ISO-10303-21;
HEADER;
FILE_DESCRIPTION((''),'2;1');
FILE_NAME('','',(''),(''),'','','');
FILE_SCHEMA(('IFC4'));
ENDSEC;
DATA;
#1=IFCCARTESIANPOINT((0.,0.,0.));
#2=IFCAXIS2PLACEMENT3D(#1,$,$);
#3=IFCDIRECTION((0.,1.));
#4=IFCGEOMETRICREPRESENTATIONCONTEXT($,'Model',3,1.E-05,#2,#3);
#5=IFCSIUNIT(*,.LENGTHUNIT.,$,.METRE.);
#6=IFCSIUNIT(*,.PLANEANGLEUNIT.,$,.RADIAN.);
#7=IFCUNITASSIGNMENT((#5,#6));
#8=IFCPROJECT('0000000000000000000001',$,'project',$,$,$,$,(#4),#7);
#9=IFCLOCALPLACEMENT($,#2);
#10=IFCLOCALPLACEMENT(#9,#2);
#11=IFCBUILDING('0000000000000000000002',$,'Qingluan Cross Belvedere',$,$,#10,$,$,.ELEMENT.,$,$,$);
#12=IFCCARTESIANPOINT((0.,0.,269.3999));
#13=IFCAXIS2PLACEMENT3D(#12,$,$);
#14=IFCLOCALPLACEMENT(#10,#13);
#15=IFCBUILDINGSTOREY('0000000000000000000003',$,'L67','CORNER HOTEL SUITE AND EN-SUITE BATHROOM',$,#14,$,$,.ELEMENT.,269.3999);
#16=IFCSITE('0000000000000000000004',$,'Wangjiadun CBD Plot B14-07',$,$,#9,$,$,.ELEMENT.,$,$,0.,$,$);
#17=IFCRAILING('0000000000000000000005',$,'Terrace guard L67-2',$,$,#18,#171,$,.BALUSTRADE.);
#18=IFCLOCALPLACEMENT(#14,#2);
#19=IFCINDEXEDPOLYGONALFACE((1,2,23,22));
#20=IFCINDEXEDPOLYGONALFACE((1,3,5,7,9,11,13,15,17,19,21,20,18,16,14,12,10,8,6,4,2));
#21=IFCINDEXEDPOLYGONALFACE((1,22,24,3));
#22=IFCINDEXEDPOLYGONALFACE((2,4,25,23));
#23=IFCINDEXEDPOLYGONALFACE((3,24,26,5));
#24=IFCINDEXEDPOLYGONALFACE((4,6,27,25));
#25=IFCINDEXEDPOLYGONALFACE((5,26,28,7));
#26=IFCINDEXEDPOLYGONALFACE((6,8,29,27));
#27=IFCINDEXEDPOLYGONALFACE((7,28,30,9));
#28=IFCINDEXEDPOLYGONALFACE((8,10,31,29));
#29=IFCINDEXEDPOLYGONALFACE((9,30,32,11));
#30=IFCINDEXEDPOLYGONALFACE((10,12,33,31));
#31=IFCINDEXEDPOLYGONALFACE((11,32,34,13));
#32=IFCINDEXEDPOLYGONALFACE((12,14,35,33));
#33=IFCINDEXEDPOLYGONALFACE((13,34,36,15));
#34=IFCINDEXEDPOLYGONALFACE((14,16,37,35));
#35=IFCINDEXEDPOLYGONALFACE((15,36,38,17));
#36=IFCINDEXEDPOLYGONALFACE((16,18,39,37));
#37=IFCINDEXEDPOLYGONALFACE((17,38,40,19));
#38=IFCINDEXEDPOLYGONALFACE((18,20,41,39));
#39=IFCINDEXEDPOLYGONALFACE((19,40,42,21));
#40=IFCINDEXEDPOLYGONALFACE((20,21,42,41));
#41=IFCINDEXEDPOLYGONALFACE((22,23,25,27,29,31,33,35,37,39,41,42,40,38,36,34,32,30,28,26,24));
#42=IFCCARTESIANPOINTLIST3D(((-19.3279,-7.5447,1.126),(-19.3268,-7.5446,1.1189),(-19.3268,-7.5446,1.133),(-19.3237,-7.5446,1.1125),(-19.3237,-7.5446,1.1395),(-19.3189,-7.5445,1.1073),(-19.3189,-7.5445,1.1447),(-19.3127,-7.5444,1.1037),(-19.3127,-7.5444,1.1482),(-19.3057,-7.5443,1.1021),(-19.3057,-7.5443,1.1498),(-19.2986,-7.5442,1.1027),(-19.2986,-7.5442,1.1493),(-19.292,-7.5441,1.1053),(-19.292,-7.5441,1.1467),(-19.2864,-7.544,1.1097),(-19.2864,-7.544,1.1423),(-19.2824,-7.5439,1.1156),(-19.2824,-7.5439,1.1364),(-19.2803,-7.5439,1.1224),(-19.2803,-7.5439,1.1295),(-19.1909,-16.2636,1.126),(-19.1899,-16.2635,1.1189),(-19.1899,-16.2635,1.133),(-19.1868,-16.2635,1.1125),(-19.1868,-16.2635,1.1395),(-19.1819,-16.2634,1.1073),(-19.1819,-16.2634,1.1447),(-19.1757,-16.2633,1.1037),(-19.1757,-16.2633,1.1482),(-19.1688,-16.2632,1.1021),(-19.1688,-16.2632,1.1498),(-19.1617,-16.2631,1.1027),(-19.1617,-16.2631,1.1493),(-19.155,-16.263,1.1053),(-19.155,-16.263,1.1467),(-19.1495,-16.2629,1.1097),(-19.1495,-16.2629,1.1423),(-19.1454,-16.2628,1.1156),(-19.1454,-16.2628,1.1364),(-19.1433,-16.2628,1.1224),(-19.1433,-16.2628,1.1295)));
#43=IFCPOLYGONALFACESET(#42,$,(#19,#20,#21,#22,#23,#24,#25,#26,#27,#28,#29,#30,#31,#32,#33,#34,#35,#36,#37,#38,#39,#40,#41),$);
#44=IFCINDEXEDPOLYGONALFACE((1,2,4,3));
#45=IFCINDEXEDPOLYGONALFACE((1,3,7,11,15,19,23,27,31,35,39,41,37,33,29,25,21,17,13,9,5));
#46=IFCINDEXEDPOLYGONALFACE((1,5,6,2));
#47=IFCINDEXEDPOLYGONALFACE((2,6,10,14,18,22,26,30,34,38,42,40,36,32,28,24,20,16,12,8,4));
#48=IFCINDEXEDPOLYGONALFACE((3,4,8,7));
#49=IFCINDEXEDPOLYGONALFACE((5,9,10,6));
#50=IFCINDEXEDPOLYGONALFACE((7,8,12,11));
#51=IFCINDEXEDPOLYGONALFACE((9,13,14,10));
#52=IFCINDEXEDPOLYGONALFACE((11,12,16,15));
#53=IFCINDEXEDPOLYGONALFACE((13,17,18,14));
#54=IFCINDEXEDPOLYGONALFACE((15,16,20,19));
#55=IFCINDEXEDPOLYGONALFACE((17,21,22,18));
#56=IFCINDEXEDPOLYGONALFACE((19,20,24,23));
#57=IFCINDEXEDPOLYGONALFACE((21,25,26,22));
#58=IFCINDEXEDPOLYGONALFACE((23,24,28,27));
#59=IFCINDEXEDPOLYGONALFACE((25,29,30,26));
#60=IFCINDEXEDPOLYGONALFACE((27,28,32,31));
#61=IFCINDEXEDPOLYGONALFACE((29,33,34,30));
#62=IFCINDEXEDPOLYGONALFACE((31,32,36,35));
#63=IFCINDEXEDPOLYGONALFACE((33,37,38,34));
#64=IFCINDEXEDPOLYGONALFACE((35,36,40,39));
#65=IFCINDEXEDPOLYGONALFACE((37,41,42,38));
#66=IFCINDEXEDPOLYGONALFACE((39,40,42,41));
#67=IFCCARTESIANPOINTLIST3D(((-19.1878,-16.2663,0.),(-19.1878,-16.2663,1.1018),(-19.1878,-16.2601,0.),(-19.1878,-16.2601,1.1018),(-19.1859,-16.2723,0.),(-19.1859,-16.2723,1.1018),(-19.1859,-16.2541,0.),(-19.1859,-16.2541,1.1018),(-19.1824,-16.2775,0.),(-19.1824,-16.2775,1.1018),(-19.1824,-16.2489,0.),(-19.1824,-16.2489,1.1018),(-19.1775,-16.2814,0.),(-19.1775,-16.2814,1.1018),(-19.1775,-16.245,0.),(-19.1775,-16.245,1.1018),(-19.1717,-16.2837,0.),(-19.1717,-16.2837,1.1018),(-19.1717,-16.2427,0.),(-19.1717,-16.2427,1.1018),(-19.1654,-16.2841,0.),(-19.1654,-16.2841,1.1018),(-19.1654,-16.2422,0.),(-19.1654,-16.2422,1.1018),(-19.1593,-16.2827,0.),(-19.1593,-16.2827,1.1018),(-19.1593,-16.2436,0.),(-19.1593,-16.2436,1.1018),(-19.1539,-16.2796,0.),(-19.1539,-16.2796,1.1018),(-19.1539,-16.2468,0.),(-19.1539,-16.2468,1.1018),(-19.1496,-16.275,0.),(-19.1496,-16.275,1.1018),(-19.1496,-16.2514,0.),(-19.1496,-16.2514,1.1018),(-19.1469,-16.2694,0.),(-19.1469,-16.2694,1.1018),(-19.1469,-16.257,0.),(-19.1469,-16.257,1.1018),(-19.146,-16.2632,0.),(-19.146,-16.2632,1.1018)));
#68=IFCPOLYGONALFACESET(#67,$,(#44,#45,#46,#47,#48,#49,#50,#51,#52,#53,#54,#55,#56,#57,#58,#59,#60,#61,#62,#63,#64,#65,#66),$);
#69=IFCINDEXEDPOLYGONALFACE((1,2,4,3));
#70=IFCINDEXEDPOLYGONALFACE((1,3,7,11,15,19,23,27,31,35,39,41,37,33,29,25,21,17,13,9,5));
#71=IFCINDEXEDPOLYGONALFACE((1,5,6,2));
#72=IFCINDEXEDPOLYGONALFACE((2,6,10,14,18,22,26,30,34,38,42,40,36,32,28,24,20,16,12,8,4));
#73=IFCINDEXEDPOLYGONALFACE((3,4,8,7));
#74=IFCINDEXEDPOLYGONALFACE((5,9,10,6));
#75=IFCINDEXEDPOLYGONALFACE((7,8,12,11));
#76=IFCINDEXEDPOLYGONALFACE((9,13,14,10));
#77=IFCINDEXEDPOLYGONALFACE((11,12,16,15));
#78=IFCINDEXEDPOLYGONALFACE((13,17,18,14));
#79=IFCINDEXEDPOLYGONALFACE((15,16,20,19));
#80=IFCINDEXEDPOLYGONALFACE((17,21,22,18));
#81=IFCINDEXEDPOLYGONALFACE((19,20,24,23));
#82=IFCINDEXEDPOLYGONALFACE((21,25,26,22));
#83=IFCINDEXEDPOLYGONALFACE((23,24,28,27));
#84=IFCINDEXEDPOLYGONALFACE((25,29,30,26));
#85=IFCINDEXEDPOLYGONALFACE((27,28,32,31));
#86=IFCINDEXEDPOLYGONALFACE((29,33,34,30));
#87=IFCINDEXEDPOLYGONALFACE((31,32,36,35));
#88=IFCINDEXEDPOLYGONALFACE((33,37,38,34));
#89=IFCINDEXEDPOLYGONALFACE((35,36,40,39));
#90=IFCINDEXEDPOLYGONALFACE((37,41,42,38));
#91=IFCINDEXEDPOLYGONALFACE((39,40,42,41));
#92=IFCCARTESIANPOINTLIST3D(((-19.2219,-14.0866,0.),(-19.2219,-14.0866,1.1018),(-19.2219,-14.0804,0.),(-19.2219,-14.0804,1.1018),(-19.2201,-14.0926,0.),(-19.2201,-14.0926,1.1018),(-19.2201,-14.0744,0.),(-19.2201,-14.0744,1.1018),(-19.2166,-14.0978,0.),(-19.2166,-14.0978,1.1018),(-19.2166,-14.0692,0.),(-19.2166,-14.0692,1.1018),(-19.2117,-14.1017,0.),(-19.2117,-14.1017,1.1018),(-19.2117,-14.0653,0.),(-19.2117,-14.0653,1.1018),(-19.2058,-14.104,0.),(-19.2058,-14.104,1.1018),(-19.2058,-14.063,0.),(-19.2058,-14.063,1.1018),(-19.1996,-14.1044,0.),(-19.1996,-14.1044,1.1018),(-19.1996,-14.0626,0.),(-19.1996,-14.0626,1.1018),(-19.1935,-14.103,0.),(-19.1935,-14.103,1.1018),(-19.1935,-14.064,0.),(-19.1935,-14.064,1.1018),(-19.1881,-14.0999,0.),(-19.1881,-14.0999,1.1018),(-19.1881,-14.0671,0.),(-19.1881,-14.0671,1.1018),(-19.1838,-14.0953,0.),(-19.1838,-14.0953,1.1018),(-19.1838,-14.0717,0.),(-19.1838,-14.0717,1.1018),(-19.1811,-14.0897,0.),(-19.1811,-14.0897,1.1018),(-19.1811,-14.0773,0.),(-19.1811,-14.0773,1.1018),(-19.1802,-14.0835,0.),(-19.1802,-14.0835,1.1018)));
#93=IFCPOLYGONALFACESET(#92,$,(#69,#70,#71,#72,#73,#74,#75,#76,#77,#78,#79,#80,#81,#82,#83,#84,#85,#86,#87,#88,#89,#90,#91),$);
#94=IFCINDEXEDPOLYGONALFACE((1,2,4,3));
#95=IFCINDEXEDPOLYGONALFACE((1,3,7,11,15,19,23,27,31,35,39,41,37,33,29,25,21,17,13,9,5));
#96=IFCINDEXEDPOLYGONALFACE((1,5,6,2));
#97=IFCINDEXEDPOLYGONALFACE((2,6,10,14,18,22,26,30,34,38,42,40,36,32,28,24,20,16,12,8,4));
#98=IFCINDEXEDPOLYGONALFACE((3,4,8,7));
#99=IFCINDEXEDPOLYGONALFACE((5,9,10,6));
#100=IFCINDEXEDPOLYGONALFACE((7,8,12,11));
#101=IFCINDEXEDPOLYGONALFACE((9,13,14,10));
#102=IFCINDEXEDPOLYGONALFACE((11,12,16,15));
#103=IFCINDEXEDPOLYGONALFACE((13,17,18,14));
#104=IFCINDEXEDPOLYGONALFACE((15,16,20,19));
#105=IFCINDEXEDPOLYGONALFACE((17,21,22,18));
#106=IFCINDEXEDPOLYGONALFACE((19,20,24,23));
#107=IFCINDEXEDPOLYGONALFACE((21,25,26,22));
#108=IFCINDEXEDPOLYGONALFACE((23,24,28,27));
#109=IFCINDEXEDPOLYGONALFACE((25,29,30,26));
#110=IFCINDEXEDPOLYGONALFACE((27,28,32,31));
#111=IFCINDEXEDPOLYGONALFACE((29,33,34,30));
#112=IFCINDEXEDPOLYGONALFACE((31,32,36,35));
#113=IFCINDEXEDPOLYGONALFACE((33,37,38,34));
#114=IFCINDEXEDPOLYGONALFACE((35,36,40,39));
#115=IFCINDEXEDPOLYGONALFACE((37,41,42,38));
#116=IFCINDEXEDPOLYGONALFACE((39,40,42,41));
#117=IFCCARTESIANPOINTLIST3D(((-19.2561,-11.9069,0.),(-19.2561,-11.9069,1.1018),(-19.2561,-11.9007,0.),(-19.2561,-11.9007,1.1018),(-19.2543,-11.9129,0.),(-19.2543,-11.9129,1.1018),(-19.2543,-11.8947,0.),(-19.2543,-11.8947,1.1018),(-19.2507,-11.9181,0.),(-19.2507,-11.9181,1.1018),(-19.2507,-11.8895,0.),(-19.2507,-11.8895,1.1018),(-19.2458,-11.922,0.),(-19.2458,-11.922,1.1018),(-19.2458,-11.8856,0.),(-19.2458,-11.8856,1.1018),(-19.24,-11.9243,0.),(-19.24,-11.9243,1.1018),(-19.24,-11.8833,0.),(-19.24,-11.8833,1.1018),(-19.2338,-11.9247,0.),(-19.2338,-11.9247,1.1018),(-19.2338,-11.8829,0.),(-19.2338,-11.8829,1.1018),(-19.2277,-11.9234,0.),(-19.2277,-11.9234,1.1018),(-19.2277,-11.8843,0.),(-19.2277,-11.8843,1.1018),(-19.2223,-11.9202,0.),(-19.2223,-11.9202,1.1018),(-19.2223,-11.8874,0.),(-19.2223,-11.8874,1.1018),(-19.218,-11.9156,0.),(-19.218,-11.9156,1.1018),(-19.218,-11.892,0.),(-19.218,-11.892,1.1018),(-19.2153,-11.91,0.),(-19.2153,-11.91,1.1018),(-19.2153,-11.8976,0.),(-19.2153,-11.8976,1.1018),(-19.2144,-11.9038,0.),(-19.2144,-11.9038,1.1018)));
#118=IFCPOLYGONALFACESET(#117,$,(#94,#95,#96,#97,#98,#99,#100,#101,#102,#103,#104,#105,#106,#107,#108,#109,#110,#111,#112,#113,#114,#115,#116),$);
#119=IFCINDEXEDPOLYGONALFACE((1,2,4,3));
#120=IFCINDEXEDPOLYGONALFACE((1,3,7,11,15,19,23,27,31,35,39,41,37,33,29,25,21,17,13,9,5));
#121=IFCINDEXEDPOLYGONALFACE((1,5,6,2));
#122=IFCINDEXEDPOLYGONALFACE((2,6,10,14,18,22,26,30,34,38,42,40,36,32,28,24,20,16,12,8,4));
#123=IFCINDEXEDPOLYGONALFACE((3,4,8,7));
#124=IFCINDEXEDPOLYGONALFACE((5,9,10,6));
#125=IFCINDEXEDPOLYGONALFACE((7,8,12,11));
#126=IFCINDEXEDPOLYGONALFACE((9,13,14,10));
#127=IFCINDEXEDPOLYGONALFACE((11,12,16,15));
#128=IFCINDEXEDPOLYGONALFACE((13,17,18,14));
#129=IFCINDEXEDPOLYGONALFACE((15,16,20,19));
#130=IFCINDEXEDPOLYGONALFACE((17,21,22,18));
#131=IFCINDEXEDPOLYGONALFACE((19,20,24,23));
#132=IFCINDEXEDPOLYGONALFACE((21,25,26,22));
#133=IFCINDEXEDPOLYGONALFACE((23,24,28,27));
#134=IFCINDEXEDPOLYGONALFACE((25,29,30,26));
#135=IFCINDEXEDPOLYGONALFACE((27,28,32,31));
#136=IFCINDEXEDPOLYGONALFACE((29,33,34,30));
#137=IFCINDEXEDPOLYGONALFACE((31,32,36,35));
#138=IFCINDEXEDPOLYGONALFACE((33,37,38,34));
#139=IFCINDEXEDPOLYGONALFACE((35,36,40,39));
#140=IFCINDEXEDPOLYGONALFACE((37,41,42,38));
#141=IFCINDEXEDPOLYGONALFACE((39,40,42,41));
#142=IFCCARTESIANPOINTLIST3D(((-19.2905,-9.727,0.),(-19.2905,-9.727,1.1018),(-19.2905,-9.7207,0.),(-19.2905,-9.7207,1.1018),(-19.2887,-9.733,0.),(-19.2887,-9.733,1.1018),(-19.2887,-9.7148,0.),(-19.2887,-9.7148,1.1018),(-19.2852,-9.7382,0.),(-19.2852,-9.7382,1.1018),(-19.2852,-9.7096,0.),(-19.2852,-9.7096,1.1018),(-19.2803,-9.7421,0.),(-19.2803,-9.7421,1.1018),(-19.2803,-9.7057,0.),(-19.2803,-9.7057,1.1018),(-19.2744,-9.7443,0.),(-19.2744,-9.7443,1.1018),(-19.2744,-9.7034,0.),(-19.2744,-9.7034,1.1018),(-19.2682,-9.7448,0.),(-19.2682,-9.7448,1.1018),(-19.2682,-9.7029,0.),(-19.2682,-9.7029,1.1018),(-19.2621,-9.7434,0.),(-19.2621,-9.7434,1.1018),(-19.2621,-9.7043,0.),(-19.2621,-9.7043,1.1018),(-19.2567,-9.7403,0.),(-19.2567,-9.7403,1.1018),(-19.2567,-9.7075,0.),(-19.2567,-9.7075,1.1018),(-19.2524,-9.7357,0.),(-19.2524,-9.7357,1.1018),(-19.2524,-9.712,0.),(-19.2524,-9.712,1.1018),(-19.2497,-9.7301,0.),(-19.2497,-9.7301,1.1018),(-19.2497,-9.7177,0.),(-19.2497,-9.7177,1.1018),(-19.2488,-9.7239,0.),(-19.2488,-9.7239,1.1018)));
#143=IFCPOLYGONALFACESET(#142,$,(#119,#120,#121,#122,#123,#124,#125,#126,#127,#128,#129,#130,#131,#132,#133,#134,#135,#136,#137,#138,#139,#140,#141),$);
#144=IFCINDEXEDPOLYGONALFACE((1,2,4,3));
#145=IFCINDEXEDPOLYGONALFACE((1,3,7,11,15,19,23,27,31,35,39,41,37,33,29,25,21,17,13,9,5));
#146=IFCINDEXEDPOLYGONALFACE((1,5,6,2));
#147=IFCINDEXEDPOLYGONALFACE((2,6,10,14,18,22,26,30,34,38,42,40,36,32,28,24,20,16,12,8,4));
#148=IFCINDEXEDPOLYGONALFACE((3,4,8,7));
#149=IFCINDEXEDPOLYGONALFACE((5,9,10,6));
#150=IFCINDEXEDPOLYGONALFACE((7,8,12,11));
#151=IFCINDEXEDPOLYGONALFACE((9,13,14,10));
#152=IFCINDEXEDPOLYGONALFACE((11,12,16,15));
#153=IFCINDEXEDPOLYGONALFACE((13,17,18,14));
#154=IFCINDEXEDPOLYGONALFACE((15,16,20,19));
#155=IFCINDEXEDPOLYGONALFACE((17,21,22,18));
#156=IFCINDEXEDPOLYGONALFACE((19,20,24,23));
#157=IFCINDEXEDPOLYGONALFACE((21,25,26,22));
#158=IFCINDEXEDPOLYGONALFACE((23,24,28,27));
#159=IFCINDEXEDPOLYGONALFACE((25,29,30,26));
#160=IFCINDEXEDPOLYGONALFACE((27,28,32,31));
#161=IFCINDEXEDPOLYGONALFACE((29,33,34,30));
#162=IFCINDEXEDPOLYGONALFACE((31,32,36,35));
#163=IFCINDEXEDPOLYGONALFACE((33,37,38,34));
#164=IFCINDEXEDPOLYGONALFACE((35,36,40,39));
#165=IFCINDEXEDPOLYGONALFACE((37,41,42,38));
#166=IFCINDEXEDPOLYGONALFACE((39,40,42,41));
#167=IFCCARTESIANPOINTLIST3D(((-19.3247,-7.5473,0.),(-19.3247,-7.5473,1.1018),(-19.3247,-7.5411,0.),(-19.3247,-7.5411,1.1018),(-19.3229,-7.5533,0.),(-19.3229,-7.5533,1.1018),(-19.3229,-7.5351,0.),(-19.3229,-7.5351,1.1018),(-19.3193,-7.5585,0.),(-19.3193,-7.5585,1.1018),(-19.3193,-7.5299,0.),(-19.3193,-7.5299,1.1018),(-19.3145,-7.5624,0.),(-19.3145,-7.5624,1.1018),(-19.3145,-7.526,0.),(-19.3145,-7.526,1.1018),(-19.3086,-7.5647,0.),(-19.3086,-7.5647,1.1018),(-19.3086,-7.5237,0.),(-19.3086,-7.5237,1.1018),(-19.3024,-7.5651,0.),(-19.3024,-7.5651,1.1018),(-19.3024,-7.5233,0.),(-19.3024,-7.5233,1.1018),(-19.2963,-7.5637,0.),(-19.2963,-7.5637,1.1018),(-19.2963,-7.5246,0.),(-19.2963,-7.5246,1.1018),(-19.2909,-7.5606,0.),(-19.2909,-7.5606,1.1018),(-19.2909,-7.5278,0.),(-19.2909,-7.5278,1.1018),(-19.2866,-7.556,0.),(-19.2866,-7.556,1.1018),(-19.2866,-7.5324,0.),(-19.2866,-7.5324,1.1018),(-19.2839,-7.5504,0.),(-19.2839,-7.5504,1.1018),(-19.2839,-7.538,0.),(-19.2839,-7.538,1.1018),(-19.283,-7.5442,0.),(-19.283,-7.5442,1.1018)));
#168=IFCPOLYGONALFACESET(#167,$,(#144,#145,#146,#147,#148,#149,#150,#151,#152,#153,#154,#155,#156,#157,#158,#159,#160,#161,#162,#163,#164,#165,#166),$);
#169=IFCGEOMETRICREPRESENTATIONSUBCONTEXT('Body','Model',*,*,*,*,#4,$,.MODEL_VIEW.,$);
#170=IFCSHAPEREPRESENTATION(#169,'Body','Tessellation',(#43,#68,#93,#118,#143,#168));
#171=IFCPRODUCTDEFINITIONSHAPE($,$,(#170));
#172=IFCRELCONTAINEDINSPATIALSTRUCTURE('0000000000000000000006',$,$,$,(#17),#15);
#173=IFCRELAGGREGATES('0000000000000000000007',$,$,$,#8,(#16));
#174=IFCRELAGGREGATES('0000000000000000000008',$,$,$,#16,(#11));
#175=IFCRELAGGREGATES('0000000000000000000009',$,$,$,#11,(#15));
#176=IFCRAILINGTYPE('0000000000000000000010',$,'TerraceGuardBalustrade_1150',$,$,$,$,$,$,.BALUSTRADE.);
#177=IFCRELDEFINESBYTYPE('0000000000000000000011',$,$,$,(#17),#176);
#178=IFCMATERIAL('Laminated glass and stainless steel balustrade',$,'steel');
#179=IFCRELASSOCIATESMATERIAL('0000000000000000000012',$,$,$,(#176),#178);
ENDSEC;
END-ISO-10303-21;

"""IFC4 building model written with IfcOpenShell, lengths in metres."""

from ifc_helpers import new_model, si_unit, direction, frame, origin, origin_2d, place, context, subcontext, project, spatial, circle, extrude, material, type_object, element, save


model = new_model("IFC4")

# Units and contexts
model_context = context("Model", 3, precision=1e-05, world=origin(), true_north=direction((0.0, 1.0)))
body_context = subcontext(model_context, "Body", "Model", "MODEL_VIEW")
ifc_project = project(units=[si_unit("LENGTHUNIT", "METRE"), si_unit("PLANEANGLEUNIT", "RADIAN")], contexts=[model_context])

# Site, building, storey
site_placement = place(None, origin())
site = spatial("IfcSite", under=ifc_project, at=site_placement, Name="Wangjiadun CBD Plot B14-07", CompositionType="ELEMENT", RefElevation=0.0)
building_placement = place(site_placement, origin())
building = spatial("IfcBuilding", under=site, at=building_placement, Name="Qingluan Cross Belvedere", CompositionType="ELEMENT")
storey_placement = place(building_placement, frame((0.0, 0.0, 269.3999)))
storey = spatial("IfcBuildingStorey", under=building, at=storey_placement, Name="L67", Description="CORNER HOTEL SUITE AND EN-SUITE BATHROOM", CompositionType="ELEMENT", Elevation=269.3999)

# Railing
ifc_material_1 = material(Name="Laminated glass and stainless steel balustrade", Category="steel")
railing_type = type_object("IfcRailingType", Name="TerraceGuardBalustrade_1150", PredefinedType="BALUSTRADE", material=ifc_material_1)
railing_1_placement = place(storey_placement, frame((-19.167, -16.2632, 0.0)))
element("IfcRailing", 1, at=railing_1_placement, inside=storey, type_object=railing_type, Name="Terrace guard L67-2", PredefinedType="BALUSTRADE", context=body_context, shape_type="SweptSolid", body=[
    extrude(circle(Radius=0.0239, at=origin_2d()), frame((0.0, 0.0, 1.126), z_axis=(-0.015707, 0.999877, 0.0), x_axis=(-0.999877, -0.015707, 0.0)), (0.0, 0.0, 1.0), 8.72),
    extrude(circle(Radius=0.021, at=origin_2d()), origin(), (0.0, 0.0, 1.0), 1.1018),
    extrude(circle(Radius=0.021, at=origin_2d()), frame((-0.0342, 2.1797, 0.0)), (0.0, 0.0, 1.0), 1.1018),
    extrude(circle(Radius=0.021, at=origin_2d()), frame((-0.0684, 4.3594, 0.0)), (0.0, 0.0, 1.0), 1.1018),
    extrude(circle(Radius=0.021, at=origin_2d()), frame((-0.1028, 6.5393, 0.0)), (0.0, 0.0, 1.0), 1.1018),
    extrude(circle(Radius=0.021, at=origin_2d()), frame((-0.137, 8.719, 0.0)), (0.0, 0.0, 1.0), 1.1018),
])

save(model, "model.ifc")
